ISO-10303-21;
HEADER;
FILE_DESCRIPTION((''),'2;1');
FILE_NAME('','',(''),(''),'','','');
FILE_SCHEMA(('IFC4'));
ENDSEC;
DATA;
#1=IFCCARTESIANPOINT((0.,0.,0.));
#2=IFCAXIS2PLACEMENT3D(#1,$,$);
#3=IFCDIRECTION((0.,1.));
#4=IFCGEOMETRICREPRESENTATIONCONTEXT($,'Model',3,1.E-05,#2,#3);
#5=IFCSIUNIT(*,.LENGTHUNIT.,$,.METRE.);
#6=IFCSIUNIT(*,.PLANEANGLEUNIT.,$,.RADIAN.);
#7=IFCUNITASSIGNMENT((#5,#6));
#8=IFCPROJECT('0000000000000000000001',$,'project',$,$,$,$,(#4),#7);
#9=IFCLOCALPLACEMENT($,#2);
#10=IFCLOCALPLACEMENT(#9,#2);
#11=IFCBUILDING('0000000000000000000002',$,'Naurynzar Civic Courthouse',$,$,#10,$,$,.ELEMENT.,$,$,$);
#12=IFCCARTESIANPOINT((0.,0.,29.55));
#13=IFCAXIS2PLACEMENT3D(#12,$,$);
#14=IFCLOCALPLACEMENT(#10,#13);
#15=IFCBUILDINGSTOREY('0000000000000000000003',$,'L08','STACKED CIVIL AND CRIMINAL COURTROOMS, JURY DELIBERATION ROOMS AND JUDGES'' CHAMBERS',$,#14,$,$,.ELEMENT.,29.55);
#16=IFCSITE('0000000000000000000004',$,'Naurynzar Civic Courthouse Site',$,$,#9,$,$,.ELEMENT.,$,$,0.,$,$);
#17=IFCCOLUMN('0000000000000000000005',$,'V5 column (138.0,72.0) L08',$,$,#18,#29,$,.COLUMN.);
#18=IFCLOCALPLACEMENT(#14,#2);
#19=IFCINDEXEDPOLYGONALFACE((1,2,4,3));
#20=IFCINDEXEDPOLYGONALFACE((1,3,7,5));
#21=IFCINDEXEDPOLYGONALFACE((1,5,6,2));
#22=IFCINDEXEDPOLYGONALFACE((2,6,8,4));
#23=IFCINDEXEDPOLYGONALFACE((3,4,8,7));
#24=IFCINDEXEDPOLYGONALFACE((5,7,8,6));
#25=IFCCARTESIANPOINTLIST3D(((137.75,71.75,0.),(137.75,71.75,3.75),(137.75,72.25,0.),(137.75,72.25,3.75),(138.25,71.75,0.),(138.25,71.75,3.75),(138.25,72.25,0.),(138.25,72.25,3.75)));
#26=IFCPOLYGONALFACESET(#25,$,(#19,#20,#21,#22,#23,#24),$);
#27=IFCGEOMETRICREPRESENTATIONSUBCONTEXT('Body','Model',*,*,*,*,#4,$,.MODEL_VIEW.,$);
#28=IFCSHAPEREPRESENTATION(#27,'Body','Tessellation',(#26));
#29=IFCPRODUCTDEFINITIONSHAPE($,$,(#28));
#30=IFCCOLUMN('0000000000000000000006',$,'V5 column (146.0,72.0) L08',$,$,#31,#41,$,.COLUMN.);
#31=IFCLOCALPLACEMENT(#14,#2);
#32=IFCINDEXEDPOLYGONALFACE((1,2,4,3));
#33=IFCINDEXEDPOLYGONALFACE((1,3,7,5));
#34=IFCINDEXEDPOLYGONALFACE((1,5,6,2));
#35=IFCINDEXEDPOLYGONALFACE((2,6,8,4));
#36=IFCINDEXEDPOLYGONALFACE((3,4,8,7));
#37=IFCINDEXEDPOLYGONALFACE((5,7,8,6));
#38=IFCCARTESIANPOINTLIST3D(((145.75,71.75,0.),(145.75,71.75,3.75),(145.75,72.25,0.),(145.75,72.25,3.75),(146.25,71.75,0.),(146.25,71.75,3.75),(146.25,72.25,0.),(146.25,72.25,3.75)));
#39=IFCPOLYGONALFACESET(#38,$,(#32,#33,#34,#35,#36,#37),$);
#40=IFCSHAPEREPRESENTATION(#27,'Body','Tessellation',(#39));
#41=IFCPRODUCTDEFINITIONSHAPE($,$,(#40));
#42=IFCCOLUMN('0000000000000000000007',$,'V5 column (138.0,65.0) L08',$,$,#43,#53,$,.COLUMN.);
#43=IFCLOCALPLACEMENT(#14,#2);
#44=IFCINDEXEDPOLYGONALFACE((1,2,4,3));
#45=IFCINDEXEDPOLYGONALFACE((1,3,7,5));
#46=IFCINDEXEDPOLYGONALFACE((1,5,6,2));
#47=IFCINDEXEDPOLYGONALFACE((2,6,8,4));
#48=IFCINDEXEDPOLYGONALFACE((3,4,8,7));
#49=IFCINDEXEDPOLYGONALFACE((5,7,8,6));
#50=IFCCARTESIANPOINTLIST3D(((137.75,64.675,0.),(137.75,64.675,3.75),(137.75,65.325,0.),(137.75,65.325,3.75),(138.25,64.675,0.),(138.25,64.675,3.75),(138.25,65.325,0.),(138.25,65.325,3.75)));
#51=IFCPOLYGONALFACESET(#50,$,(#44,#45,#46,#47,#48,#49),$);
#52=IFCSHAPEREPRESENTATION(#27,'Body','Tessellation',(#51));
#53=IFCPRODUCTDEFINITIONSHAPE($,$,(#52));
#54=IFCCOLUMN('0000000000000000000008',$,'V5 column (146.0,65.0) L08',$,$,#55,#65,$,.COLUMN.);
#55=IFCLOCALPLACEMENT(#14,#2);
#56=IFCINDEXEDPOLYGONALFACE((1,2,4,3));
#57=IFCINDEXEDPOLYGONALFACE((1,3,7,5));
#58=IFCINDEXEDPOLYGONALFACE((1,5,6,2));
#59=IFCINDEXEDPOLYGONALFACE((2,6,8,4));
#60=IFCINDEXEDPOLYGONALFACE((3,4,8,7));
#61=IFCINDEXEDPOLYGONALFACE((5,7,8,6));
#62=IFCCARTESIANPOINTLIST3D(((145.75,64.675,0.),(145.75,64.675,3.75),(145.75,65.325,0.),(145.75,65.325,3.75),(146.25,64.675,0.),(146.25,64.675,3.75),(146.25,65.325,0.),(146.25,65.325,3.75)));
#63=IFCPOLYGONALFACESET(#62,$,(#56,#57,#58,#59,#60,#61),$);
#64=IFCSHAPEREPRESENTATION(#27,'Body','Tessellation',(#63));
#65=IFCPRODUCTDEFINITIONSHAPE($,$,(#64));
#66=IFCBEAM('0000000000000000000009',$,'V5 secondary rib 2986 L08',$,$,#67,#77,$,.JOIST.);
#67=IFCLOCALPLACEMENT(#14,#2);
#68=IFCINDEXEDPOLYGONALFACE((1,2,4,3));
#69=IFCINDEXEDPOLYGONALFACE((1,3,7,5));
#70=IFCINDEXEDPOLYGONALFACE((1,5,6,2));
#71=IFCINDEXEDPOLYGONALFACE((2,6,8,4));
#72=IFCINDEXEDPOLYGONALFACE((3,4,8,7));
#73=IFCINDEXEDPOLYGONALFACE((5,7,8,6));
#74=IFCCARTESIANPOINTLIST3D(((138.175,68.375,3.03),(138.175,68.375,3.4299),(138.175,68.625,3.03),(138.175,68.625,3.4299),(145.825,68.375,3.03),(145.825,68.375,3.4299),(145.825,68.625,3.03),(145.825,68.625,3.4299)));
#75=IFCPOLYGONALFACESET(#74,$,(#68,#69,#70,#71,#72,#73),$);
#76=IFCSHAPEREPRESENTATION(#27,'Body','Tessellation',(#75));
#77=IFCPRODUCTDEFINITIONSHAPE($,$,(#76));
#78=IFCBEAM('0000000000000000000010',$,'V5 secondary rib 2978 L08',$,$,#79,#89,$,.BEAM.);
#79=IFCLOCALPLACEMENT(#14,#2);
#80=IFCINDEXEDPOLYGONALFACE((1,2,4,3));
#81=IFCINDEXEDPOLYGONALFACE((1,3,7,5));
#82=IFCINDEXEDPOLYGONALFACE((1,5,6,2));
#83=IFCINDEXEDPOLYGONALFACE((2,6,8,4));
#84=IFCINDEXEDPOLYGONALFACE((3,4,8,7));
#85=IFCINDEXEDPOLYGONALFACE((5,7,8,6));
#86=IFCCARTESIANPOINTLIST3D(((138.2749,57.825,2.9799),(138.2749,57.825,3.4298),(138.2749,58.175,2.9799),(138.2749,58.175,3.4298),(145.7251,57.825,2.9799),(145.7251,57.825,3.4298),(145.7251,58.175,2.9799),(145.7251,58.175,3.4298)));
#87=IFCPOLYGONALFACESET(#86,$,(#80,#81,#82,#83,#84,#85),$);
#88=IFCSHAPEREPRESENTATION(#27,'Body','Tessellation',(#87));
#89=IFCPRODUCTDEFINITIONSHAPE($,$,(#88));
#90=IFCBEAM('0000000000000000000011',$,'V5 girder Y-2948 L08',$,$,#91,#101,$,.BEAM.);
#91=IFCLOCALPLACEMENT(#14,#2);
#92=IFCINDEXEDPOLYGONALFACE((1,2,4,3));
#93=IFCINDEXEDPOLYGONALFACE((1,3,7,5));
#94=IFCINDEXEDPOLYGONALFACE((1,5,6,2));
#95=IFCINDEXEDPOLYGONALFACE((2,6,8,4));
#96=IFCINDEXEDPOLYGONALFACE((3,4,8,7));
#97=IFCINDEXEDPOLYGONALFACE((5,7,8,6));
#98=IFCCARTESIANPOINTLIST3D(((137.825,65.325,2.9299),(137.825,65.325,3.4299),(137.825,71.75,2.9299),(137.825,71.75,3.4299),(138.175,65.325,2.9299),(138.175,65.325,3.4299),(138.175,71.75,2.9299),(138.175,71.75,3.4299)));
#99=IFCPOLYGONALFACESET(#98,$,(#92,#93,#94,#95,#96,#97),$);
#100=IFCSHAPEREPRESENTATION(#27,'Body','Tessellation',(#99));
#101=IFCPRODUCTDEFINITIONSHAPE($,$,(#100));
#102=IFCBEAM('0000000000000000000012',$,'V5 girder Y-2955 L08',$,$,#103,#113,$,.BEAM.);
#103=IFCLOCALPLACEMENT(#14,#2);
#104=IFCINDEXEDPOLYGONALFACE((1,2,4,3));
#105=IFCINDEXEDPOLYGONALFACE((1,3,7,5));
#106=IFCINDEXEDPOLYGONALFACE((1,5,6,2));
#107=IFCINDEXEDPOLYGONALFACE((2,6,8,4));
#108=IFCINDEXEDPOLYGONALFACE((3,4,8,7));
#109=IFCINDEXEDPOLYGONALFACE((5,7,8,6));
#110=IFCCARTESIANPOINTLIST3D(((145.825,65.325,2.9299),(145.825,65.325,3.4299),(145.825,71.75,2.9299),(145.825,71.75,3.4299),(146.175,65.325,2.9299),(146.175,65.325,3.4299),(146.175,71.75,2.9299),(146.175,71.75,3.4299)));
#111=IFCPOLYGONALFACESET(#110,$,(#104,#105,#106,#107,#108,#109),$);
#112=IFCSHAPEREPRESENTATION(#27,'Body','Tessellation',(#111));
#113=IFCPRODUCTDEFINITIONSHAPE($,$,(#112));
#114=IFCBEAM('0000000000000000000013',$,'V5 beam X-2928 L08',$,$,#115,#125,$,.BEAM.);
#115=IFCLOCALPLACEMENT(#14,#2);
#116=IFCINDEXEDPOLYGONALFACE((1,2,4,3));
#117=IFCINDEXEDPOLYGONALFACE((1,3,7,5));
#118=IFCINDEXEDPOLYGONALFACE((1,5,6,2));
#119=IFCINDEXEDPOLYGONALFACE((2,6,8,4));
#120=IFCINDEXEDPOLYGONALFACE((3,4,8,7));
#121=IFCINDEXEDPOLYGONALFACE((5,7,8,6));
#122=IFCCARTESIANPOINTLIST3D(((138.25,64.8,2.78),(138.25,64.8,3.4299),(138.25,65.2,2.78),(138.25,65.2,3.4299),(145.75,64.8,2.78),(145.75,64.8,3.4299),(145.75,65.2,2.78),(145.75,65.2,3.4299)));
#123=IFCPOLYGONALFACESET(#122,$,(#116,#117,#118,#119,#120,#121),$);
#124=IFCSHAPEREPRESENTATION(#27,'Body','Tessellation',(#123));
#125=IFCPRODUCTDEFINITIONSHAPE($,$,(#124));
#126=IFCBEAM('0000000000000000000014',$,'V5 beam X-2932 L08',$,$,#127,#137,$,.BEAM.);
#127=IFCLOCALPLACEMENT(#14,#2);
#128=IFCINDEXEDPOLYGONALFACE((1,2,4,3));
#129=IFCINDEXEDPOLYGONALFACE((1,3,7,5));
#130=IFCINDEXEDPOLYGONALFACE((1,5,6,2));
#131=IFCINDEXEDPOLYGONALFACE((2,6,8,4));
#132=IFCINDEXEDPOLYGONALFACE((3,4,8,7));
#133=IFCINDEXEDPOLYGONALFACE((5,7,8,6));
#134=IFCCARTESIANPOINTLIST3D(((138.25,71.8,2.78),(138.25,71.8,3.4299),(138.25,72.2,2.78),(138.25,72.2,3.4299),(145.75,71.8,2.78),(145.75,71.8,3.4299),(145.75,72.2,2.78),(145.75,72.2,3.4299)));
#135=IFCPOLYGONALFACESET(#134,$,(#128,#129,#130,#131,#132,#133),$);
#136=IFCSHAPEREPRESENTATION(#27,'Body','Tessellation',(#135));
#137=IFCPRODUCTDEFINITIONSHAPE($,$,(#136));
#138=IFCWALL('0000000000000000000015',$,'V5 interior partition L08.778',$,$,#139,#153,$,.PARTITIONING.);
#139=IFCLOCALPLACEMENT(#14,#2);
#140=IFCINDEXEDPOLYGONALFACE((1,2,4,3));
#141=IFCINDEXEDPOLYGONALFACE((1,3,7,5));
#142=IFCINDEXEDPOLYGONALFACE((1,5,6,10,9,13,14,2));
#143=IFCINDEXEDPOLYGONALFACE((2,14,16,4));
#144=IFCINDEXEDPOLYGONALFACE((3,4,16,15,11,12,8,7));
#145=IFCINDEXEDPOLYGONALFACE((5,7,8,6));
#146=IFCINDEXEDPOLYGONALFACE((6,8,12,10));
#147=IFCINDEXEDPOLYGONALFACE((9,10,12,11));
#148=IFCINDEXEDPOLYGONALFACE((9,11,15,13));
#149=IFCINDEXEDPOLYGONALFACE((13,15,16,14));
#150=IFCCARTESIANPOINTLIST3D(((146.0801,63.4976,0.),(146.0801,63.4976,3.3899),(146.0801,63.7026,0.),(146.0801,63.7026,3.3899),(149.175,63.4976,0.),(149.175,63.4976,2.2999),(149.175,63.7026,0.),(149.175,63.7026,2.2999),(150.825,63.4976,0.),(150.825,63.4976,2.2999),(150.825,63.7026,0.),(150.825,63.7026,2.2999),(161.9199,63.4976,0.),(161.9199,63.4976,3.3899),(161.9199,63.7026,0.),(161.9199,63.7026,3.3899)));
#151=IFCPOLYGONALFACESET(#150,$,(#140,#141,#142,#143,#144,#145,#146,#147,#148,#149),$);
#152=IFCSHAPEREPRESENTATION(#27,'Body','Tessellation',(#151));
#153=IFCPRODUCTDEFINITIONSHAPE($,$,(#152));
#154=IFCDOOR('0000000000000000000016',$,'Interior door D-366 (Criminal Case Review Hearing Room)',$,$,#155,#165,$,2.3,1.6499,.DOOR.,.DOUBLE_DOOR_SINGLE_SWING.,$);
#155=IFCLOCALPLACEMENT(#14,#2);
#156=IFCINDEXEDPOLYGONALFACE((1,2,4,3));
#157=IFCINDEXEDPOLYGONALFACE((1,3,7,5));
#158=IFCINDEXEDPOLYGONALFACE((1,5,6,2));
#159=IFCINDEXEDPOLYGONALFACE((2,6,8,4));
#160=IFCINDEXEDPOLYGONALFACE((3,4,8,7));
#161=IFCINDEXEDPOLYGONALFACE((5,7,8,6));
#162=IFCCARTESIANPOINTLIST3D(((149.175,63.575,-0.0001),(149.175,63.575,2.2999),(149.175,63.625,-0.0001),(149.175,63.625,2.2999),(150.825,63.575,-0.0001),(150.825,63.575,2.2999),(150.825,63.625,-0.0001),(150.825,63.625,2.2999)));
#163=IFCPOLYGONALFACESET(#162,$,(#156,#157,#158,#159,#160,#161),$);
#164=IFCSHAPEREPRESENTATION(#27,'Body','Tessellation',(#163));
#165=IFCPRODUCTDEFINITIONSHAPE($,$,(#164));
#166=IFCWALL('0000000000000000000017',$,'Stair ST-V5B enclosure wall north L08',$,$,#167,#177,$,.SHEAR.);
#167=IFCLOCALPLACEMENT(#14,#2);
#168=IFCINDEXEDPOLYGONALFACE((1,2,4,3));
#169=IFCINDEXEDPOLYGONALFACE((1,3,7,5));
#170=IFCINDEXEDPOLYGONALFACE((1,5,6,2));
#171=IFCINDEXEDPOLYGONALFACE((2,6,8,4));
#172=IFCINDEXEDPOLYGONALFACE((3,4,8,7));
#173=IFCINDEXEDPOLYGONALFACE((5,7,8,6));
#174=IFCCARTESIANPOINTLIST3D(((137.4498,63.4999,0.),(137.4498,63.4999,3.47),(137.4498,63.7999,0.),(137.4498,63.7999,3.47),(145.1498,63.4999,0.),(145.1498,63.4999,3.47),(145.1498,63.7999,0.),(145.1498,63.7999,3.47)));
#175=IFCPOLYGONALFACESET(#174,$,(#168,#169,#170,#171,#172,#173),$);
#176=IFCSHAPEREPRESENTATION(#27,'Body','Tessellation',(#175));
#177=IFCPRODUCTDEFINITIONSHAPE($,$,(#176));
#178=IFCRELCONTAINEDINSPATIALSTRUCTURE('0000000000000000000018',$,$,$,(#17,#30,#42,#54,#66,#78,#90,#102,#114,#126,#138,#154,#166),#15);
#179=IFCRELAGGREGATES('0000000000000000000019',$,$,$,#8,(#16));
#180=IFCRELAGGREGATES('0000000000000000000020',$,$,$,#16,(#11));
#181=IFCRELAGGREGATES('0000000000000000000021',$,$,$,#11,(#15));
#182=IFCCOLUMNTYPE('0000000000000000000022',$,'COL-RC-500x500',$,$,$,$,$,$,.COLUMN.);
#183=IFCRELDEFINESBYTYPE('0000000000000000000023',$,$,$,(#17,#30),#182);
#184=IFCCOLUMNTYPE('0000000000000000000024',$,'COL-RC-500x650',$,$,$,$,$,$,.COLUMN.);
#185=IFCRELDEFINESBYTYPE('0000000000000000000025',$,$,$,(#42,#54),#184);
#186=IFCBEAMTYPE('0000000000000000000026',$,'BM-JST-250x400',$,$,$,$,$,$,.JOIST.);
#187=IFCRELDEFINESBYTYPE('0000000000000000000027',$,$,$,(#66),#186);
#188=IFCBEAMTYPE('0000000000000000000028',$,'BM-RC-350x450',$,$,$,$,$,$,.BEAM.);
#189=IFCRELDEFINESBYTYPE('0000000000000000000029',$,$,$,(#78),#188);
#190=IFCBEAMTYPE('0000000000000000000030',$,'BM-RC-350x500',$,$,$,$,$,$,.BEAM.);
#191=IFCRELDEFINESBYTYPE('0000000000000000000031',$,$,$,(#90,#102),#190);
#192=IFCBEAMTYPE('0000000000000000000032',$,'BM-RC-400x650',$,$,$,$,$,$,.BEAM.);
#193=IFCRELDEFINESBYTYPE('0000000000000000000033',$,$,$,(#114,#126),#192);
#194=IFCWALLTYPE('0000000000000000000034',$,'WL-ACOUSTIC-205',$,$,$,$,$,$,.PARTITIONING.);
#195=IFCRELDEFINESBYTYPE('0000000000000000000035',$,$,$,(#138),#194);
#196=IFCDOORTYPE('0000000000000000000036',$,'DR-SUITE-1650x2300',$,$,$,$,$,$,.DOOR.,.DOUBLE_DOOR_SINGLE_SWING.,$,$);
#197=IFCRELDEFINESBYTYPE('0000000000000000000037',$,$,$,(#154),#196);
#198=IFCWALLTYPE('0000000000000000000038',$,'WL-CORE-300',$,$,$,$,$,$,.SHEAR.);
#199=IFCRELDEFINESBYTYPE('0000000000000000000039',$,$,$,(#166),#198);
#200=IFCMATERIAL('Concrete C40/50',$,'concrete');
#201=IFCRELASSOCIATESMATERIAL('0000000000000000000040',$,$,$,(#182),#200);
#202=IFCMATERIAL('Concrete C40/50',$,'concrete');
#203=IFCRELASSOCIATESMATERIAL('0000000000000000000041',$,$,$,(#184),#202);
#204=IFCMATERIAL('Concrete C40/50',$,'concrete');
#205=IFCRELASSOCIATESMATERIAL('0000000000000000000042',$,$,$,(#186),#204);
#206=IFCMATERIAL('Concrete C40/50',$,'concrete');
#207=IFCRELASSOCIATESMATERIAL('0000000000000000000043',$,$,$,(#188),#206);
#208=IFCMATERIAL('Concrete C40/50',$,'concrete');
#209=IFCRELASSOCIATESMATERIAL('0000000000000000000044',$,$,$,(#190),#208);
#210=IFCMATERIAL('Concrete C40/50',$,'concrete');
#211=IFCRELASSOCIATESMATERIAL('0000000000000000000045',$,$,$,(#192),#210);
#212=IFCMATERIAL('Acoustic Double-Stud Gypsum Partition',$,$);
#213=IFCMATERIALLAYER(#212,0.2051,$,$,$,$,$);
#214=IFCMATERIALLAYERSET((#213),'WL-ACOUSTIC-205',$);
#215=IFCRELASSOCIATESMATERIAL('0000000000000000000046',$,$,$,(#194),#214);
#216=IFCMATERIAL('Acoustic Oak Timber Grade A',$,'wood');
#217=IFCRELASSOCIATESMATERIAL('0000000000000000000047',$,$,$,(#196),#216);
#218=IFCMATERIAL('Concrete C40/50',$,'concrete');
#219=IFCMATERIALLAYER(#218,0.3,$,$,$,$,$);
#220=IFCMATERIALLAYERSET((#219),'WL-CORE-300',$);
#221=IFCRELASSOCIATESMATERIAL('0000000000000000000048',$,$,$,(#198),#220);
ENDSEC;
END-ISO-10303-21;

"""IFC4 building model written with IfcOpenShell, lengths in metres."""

from ifc_helpers import new_model, si_unit, direction, frame, frame_2d, origin, origin_2d, place, context, subcontext, project, spatial, rectangle, extrude, material, layer, layer_set, material_profile, profile_set, type_object, element, fill, save


model = new_model("IFC4")

# Units and contexts
model_context = context("Model", 3, precision=1e-05, world=origin(), true_north=direction((0.0, 1.0)))
body_context = subcontext(model_context, "Body", "Model", "MODEL_VIEW")
ifc_project = project(units=[si_unit("LENGTHUNIT", "METRE"), si_unit("PLANEANGLEUNIT", "RADIAN")], contexts=[model_context])

# Site, building, storey
site_placement = place(None, origin())
site = spatial("IfcSite", under=ifc_project, at=site_placement, Name="Naurynzar Civic Courthouse Site", CompositionType="ELEMENT", RefElevation=0.0)
building_placement = place(site_placement, origin())
building = spatial("IfcBuilding", under=site, at=building_placement, Name="Naurynzar Civic Courthouse", CompositionType="ELEMENT")
storey_placement = place(building_placement, frame((0.0, 0.0, 29.55)))
storey = spatial("IfcBuildingStorey", under=building, at=storey_placement, Name="L08", Description="STACKED CIVIL AND CRIMINAL COURTROOMS, JURY DELIBERATION ROOMS AND JUDGES' CHAMBERS", CompositionType="ELEMENT", Elevation=29.55)

# Columns
ifc_material_1 = material(Name="Concrete C40/50", Category="concrete")
ifc_material_profile_1 = material_profile(ifc_material_1, rectangle(XDim=0.5, YDim=0.5, at=origin_2d()), Name="RC 500x500")
ifc_profile_set_1 = profile_set([ifc_material_profile_1], Name="Concrete C40/50")
column_type_1 = type_object("IfcColumnType", Name="COL-RC-500x500", PredefinedType="COLUMN", material=ifc_profile_set_1)
for number, where, z_axis, x_axis, name in (
    (1, (138.0, 72.0, 0.0), (0.0, 0.0, 1.0), (1.0, 0.0, 0.0), "V5 column (138.0,72.0) L08"),
    (2, (146.0, 72.0, 0.0), (0.0, 0.0, 1.0), (1.0, 0.0, 0.0), "V5 column (146.0,72.0) L08"),
):
    element("IfcColumn", number, at=place(storey_placement, frame(where, z_axis=z_axis, x_axis=x_axis)), inside=storey, type_object=column_type_1, Name=name, PredefinedType="COLUMN", context=body_context, shape_type="SweptSolid", body=[
        extrude(rectangle(XDim=0.5, YDim=0.5, at=origin_2d()), origin(), (0.0, 0.0, 1.0), 3.75),
    ])
ifc_material_2 = material(Name="Concrete C40/50", Category="concrete")
ifc_material_profile_2 = material_profile(ifc_material_2, rectangle(XDim=0.5, YDim=0.6499, at=origin_2d()), Name="RC 500x650")
ifc_profile_set_2 = profile_set([ifc_material_profile_2], Name="Concrete C40/50")
column_type_2 = type_object("IfcColumnType", Name="COL-RC-500x650", PredefinedType="COLUMN", material=ifc_profile_set_2)
for number, where, z_axis, x_axis, name in (
    (3, (138.0, 65.0, 0.0), (0.0, 0.0, 1.0), (1.0, 0.0, 0.0), "V5 column (138.0,65.0) L08"),
    (4, (146.0, 65.0, 0.0), (0.0, 0.0, 1.0), (1.0, 0.0, 0.0), "V5 column (146.0,65.0) L08"),
):
    element("IfcColumn", number, at=place(storey_placement, frame(where, z_axis=z_axis, x_axis=x_axis)), inside=storey, type_object=column_type_2, Name=name, PredefinedType="COLUMN", context=body_context, shape_type="SweptSolid", body=[
        extrude(rectangle(XDim=0.5, YDim=0.6499, at=origin_2d()), origin(), (0.0, 0.0, 1.0), 3.75),
    ])

# Beams
ifc_material_3 = material(Name="Concrete C40/50", Category="concrete")
ifc_material_profile_3 = material_profile(ifc_material_3, rectangle(XDim=0.25, YDim=0.3999, at=origin_2d()), Name="RCB 250x400")
ifc_profile_set_3 = profile_set([ifc_material_profile_3], Name="Concrete C40/50")
beam_type_1 = type_object("IfcBeamType", Name="BM-JST-250x400", PredefinedType="JOIST", material=ifc_profile_set_3)
beam_1_placement = place(storey_placement, frame((138.175, 68.5, 3.23), z_axis=(1.0, 0.0, 0.0), x_axis=(0.0, 1.0, 0.0)))
element("IfcBeam", 5, at=beam_1_placement, inside=storey, type_object=beam_type_1, Name="V5 secondary rib 2986 L08", PredefinedType="JOIST", context=body_context, shape_type="SweptSolid", body=[
    extrude(rectangle(XDim=0.25, YDim=0.3999, at=origin_2d()), origin(), (0.0, 0.0, 1.0), 7.6499),
])
ifc_material_4 = material(Name="Concrete C40/50", Category="concrete")
ifc_material_profile_4 = material_profile(ifc_material_4, rectangle(XDim=0.3501, YDim=0.45, at=origin_2d()), Name="RCB 350x450")
ifc_profile_set_4 = profile_set([ifc_material_profile_4], Name="Concrete C40/50")
beam_type_2 = type_object("IfcBeamType", Name="BM-RC-350x450", PredefinedType="BEAM", material=ifc_profile_set_4)
beam_2_placement = place(storey_placement, frame((138.2749, 58.0, 3.2048), z_axis=(1.0, 0.0, 0.0), x_axis=(0.0, 1.0, 0.0)))
element("IfcBeam", 6, at=beam_2_placement, inside=storey, type_object=beam_type_2, Name="V5 secondary rib 2978 L08", PredefinedType="BEAM", context=body_context, shape_type="SweptSolid", body=[
    extrude(rectangle(XDim=0.3501, YDim=0.45, at=origin_2d()), origin(), (0.0, 0.0, 1.0), 7.4502),
])
ifc_material_5 = material(Name="Concrete C40/50", Category="concrete")
ifc_material_profile_5 = material_profile(ifc_material_5, rectangle(XDim=0.3501, YDim=0.5, at=origin_2d()), Name="RCB 350x500")
ifc_profile_set_5 = profile_set([ifc_material_profile_5], Name="Concrete C40/50")
beam_type_3 = type_object("IfcBeamType", Name="BM-RC-350x500", PredefinedType="BEAM", material=ifc_profile_set_5)
for number, where, z_axis, x_axis, name in (
    (7, (138.0, 65.325, 3.1799), (0.0, 1.0, 0.0), (-1.0, 0.0, 0.0), "V5 girder Y-2948 L08"),
    (8, (146.0, 65.325, 3.1799), (0.0, 1.0, 0.0), (-1.0, 0.0, 0.0), "V5 girder Y-2955 L08"),
):
    element("IfcBeam", number, at=place(storey_placement, frame(where, z_axis=z_axis, x_axis=x_axis)), inside=storey, type_object=beam_type_3, Name=name, PredefinedType="BEAM", context=body_context, shape_type="SweptSolid", body=[
        extrude(rectangle(XDim=0.3501, YDim=0.5, at=origin_2d()), origin(), (0.0, 0.0, 1.0), 6.425),
    ])
ifc_material_6 = material(Name="Concrete C40/50", Category="concrete")
ifc_material_profile_6 = material_profile(ifc_material_6, rectangle(XDim=0.3999, YDim=0.6499, at=origin_2d()), Name="RCB 400x650")
ifc_profile_set_6 = profile_set([ifc_material_profile_6], Name="Concrete C40/50")
beam_type_4 = type_object("IfcBeamType", Name="BM-RC-400x650", PredefinedType="BEAM", material=ifc_profile_set_6)
for number, where, z_axis, x_axis, name in (
    (9, (138.25, 65.0, 3.105), (1.0, 0.0, 0.0), (0.0, 1.0, 0.0), "V5 beam X-2928 L08"),
    (10, (138.25, 72.0, 3.105), (1.0, 0.0, 0.0), (0.0, 1.0, 0.0), "V5 beam X-2932 L08"),
):
    element("IfcBeam", number, at=place(storey_placement, frame(where, z_axis=z_axis, x_axis=x_axis)), inside=storey, type_object=beam_type_4, Name=name, PredefinedType="BEAM", context=body_context, shape_type="SweptSolid", body=[
        extrude(rectangle(XDim=0.3999, YDim=0.6499, at=origin_2d()), origin(), (0.0, 0.0, 1.0), 7.5),
    ])

# Wall, opening, door
ifc_material_7 = material(Name="Acoustic Double-Stud Gypsum Partition")
ifc_layer_1 = layer(ifc_material_7, 0.2051)
ifc_layer_set_1 = layer_set([ifc_layer_1], Name="WL-ACOUSTIC-205")
wall_type_1 = type_object("IfcWallType", Name="WL-ACOUSTIC-205", PredefinedType="PARTITIONING", material=ifc_layer_set_1)
wall_1_placement = place(storey_placement, frame((146.0801, 63.6001, 0.0), z_axis=(0.0, 0.0, 1.0), x_axis=(1.0, 0.0, 0.0)))
wall_1 = element("IfcWall", 11, at=wall_1_placement, inside=storey, type_object=wall_type_1, Name="V5 interior partition L08.778", PredefinedType="PARTITIONING", context=body_context, shape_type="SweptSolid", body=[
    extrude(rectangle(XDim=15.8398, YDim=0.2051, at=frame_2d((7.9199, 0.0))), origin(), (0.0, 0.0, 1.0), 3.3899),
])
opening_1_placement = place(wall_1_placement, frame((3.095, 0.0, 0.0)))
opening_1 = element("IfcOpeningElement", 12, at=opening_1_placement, cuts=wall_1, PredefinedType="OPENING", context=body_context, shape_type="SweptSolid", body=[
    extrude(rectangle(XDim=1.6499, YDim=2.3, at=frame_2d((0.825, 1.1499))), frame((0.0, 0.1125, 0.0), z_axis=(0.0, -1.0, 0.0), x_axis=(1.0, 0.0, 0.0)), (0.0, 0.0, 1.0), 0.2251),
])
ifc_material_8 = material(Name="Acoustic Oak Timber Grade A", Category="wood")
door_type_1 = type_object("IfcDoorType", Name="DR-SUITE-1650x2300", OperationType="DOUBLE_DOOR_SINGLE_SWING", PredefinedType="DOOR", material=ifc_material_8)
door_1_placement = place(opening_1_placement, origin())
door_1 = element("IfcDoor", 13, at=door_1_placement, inside=storey, type_object=door_type_1, Name="Interior door D-366 (Criminal Case Review Hearing Room)", OperationType="DOUBLE_DOOR_SINGLE_SWING", OverallHeight=2.3, OverallWidth=1.6499, PredefinedType="DOOR", context=body_context, shape_type="SweptSolid", body=[
    extrude(rectangle(XDim=1.6499, YDim=2.3, at=frame_2d((0.825, 1.1499))), frame((0.0, 0.0249, 0.0), z_axis=(0.0, -1.0, 0.0), x_axis=(1.0, 0.0, 0.0)), (0.0, 0.0, 1.0), 0.05),
])
fill(opening_1, door_1)

# Wall
ifc_material_9 = material(Name="Concrete C40/50", Category="concrete")
ifc_layer_2 = layer(ifc_material_9, 0.3)
ifc_layer_set_2 = layer_set([ifc_layer_2], Name="WL-CORE-300")
wall_type_2 = type_object("IfcWallType", Name="WL-CORE-300", PredefinedType="SHEAR", material=ifc_layer_set_2)
wall_2_placement = place(storey_placement, frame((145.1499, 63.6499, 0.0), z_axis=(0.0, 0.0, 1.0), x_axis=(-1.0, 0.0, 0.0)))
element("IfcWall", 14, at=wall_2_placement, inside=storey, type_object=wall_type_2, Name="Stair ST-V5B enclosure wall north L08", PredefinedType="SHEAR", context=body_context, shape_type="SweptSolid", body=[
    extrude(rectangle(XDim=7.7, YDim=0.3, at=frame_2d((3.8501, 0.0))), origin(), (0.0, 0.0, 1.0), 3.47),
])

save(model, "model.ifc")
